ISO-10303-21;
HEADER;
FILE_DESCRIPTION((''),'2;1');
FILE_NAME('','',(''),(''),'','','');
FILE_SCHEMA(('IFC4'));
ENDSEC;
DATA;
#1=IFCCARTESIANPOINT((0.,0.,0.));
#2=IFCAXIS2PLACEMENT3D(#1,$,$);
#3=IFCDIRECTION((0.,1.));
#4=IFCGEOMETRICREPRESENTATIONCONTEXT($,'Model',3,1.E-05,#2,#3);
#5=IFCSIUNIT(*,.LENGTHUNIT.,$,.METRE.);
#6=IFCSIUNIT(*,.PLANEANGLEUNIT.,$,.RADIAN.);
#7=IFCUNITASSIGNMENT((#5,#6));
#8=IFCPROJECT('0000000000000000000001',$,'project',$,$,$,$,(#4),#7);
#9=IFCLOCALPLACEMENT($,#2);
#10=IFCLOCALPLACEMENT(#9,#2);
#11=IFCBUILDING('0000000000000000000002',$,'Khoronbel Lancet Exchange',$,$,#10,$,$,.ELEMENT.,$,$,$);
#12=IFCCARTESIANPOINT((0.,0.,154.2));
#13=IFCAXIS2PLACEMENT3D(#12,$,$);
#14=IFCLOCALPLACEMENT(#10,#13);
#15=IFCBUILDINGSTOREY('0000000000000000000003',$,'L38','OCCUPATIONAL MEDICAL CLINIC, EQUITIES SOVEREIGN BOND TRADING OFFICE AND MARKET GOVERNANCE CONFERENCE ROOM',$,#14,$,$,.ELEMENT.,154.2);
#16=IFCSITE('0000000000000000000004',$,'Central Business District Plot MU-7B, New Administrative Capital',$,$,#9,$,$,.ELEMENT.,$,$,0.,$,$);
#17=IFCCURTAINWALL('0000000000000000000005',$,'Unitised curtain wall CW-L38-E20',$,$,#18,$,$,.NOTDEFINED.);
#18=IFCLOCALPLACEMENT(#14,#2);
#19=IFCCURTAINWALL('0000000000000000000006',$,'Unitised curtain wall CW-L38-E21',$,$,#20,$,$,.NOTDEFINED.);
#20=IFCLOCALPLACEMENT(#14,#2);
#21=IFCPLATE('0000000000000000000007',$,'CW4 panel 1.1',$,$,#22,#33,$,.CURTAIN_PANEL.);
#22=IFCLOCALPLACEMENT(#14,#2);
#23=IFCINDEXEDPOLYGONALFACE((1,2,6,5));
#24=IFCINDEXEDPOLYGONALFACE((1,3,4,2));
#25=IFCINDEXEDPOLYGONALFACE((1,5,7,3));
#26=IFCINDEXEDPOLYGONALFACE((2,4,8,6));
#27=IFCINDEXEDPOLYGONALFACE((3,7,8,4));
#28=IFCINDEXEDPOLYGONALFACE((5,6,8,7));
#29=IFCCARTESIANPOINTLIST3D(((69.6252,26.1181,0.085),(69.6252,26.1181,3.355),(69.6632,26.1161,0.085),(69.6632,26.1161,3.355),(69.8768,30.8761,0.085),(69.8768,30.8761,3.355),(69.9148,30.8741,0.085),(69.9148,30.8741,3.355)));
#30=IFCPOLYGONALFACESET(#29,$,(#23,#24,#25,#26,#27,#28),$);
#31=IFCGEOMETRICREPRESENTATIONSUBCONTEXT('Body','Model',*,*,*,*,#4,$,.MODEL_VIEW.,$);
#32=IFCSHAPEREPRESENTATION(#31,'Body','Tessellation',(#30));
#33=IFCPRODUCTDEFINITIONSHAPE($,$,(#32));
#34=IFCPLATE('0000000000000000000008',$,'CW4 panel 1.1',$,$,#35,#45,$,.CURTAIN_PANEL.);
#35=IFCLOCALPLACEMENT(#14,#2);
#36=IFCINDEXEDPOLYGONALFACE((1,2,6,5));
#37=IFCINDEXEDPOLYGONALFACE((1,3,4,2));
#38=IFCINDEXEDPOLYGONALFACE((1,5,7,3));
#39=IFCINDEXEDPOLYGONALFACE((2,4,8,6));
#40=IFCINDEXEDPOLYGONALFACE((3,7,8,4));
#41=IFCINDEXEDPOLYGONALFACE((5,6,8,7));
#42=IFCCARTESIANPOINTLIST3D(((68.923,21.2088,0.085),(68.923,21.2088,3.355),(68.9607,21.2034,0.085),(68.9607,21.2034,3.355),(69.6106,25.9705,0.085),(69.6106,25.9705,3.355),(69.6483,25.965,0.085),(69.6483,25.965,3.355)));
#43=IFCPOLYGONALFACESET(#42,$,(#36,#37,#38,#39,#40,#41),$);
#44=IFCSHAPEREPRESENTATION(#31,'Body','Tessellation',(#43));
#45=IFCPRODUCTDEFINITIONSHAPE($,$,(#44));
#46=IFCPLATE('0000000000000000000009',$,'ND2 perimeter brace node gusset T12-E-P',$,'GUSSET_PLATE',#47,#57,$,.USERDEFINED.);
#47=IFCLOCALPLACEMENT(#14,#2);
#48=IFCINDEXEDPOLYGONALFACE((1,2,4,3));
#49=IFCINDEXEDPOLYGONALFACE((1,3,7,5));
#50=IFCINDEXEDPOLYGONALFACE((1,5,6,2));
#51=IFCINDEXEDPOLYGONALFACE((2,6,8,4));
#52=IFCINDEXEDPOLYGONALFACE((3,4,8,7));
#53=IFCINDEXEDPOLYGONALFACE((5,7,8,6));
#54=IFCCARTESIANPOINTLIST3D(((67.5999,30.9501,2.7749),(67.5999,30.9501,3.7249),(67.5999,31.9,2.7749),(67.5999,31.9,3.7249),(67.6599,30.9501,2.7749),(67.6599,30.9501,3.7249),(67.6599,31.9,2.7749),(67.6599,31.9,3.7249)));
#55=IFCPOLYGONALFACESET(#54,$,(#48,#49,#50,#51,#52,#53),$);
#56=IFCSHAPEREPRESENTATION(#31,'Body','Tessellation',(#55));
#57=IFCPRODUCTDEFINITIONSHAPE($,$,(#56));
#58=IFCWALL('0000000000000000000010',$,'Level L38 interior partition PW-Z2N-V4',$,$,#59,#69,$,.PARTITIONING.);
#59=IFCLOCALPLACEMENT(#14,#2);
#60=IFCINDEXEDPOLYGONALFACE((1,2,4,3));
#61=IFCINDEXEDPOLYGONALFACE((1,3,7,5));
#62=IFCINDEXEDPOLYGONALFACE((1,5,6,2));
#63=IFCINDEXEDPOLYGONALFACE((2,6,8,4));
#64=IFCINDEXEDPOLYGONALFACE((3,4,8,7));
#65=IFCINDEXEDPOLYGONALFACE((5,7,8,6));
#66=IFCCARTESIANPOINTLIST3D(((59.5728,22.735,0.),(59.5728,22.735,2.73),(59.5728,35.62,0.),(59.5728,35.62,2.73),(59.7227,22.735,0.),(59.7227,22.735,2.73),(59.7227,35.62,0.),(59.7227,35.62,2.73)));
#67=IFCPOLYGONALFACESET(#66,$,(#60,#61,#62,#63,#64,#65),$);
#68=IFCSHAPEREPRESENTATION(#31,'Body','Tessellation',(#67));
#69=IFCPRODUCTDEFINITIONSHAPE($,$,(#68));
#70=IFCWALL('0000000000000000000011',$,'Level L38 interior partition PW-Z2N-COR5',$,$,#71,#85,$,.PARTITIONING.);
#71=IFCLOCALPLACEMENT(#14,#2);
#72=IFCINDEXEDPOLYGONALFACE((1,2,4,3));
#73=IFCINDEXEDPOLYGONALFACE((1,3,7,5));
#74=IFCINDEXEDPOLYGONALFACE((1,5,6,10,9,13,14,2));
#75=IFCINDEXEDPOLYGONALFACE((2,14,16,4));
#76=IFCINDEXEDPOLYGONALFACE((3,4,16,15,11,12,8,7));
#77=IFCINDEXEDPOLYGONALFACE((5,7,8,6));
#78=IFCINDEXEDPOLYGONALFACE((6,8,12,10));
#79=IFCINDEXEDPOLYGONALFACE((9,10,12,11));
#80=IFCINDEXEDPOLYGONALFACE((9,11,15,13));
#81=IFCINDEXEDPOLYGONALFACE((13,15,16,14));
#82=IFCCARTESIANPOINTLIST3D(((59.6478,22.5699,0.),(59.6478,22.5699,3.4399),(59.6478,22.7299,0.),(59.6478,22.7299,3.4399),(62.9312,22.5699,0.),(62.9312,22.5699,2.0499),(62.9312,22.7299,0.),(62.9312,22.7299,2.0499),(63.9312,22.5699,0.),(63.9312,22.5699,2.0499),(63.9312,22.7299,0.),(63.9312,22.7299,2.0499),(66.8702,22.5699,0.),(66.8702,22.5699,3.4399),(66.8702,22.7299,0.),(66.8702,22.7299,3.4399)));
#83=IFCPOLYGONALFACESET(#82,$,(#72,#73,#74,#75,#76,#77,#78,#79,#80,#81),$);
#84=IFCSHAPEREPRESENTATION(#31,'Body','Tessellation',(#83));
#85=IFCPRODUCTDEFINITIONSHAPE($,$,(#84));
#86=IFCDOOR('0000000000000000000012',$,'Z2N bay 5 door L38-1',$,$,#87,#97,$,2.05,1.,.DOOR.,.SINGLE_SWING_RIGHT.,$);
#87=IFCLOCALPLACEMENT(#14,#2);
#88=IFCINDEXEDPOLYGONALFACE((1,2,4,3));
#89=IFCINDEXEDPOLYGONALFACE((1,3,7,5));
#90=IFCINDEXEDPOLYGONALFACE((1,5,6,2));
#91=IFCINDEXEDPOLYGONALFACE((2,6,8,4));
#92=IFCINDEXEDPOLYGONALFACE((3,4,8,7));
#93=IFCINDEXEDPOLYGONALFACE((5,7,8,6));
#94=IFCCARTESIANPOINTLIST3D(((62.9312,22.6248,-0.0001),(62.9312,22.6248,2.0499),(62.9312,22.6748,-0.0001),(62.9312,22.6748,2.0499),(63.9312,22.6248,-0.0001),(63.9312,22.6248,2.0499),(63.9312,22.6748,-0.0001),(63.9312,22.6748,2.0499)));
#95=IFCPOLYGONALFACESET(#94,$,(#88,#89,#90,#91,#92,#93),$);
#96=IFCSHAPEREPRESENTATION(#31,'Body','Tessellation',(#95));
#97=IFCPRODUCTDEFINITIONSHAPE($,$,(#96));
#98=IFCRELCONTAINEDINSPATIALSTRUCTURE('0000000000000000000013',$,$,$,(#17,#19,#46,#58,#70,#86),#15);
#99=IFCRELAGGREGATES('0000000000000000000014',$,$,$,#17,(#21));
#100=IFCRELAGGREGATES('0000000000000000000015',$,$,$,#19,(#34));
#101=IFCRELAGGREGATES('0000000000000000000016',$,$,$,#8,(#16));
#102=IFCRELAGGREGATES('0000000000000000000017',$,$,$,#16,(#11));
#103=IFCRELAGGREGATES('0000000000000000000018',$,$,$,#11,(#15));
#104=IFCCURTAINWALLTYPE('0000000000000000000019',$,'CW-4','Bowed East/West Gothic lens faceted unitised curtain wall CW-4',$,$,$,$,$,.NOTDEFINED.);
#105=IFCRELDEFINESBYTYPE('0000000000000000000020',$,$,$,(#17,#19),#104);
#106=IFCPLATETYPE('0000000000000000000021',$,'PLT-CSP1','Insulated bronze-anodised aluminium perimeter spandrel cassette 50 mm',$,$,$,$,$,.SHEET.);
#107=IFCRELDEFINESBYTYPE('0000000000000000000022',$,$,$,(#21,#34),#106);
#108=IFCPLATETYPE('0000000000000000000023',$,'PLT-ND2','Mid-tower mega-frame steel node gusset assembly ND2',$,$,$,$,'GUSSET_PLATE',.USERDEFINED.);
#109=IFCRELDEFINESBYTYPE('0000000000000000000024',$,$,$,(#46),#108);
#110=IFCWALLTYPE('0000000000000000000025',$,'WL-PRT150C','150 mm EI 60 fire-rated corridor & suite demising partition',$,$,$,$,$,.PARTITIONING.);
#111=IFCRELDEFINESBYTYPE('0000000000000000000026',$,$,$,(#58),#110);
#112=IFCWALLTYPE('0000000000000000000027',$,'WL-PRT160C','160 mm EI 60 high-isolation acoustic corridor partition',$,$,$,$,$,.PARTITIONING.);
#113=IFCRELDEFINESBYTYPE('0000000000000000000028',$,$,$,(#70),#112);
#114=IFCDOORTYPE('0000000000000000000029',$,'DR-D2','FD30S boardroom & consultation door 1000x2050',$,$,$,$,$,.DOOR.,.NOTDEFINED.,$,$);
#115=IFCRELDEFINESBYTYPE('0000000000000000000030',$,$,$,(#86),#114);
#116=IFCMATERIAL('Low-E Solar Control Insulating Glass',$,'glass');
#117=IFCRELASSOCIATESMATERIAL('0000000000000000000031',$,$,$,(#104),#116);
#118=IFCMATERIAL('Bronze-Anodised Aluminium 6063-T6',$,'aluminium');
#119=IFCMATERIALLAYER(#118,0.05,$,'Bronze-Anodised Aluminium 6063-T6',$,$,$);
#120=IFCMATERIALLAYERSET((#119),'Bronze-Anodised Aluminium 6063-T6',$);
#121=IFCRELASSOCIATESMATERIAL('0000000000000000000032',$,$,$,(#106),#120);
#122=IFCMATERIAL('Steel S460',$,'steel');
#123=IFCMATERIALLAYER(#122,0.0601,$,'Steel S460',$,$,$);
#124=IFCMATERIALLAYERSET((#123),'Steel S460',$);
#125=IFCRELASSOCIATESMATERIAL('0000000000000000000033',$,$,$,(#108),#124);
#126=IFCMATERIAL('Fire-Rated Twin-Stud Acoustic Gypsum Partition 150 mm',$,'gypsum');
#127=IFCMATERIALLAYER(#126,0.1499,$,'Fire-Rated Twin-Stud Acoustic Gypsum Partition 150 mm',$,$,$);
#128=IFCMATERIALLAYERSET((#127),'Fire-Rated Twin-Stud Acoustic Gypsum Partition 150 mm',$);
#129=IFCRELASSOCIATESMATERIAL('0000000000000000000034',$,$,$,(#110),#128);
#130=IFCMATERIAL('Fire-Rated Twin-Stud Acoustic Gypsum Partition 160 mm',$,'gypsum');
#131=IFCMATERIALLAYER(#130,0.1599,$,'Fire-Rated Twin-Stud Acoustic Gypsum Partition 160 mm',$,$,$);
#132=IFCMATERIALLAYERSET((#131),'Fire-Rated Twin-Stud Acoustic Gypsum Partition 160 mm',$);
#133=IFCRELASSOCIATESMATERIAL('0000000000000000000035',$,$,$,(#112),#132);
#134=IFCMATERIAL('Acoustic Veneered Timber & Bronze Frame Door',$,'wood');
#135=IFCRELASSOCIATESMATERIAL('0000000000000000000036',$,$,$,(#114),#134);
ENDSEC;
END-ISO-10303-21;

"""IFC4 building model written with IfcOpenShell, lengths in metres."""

from ifc_helpers import new_model, si_unit, direction, frame, frame_2d, origin, origin_2d, place, context, subcontext, project, spatial, rectangle, extrude, material, layer, layer_set, type_object, element, fill, aggregate, save


model = new_model("IFC4")

# Units and contexts
model_context = context("Model", 3, precision=1e-05, world=origin(), true_north=direction((0.0, 1.0)))
body_context = subcontext(model_context, "Body", "Model", "MODEL_VIEW")
ifc_project = project(units=[si_unit("LENGTHUNIT", "METRE"), si_unit("PLANEANGLEUNIT", "RADIAN")], contexts=[model_context])

# Site, building, storey
site_placement = place(None, origin())
site = spatial("IfcSite", under=ifc_project, at=site_placement, Name="Central Business District Plot MU-7B, New Administrative Capital", CompositionType="ELEMENT", RefElevation=0.0)
building_placement = place(site_placement, origin())
building = spatial("IfcBuilding", under=site, at=building_placement, Name="Khoronbel Lancet Exchange", CompositionType="ELEMENT")
storey_placement = place(building_placement, frame((0.0, 0.0, 154.2)))
storey = spatial("IfcBuildingStorey", under=building, at=storey_placement, Name="L38", Description="OCCUPATIONAL MEDICAL CLINIC, EQUITIES SOVEREIGN BOND TRADING OFFICE AND MARKET GOVERNANCE CONFERENCE ROOM", CompositionType="ELEMENT", Elevation=154.2)

# Shared definitions
ifc_material_1 = material(Name="Low-E Solar Control Insulating Glass", Category="glass")
curtain_wall_type = type_object("IfcCurtainWallType", Name="CW-4", Description="Bowed East/West Gothic lens faceted unitised curtain wall CW-4", PredefinedType="NOTDEFINED", material=ifc_material_1)
ifc_material_2 = material(Name="Bronze-Anodised Aluminium 6063-T6", Category="aluminium")

# Curtain walls
curtain_wall_1_placement = place(storey_placement, origin())
curtain_wall_1 = element("IfcCurtainWall", 1, at=curtain_wall_1_placement, inside=storey, type_object=curtain_wall_type, Name="Unitised curtain wall CW-L38-E20", PredefinedType="NOTDEFINED")
curtain_wall_2_placement = place(storey_placement, origin())
curtain_wall_2 = element("IfcCurtainWall", 2, at=curtain_wall_2_placement, inside=storey, type_object=curtain_wall_type, Name="Unitised curtain wall CW-L38-E21", PredefinedType="NOTDEFINED")

# Plates
ifc_layer_1 = layer(ifc_material_2, 0.05, Name="Bronze-Anodised Aluminium 6063-T6")
ifc_layer_set_1 = layer_set([ifc_layer_1], Name="Bronze-Anodised Aluminium 6063-T6")
plate_type_1 = type_object("IfcPlateType", Name="PLT-CSP1", Description="Insulated bronze-anodised aluminium perimeter spandrel cassette 50 mm", PredefinedType="SHEET", material=ifc_layer_set_1)
plate_1_placement = place(storey_placement, frame((69.77, 28.4961, 0.085), z_axis=(0.0, 0.0, 1.0), x_axis=(-0.0528, -0.998605, 0.0)))
plate_1 = element("IfcPlate", 3, at=plate_1_placement, type_object=plate_type_1, Name="CW4 panel 1.1", PredefinedType="CURTAIN_PANEL", context=body_context, shape_type="SweptSolid", body=[
    extrude(rectangle(XDim=4.7646, YDim=0.0381, at=origin_2d()), origin(), (0.0, 0.0, 1.0), 3.27),
])
aggregate(curtain_wall_1, [plate_1])
plate_2_placement = place(storey_placement, frame((69.2856, 23.5869, 0.085), z_axis=(0.0, 0.0, 1.0), x_axis=(-0.142931, -0.989733, 0.0)))
plate_2 = element("IfcPlate", 4, at=plate_2_placement, type_object=plate_type_1, Name="CW4 panel 1.1", PredefinedType="CURTAIN_PANEL", context=body_context, shape_type="SweptSolid", body=[
    extrude(rectangle(XDim=4.811, YDim=0.0381, at=origin_2d()), origin(), (0.0, 0.0, 1.0), 3.27),
])
aggregate(curtain_wall_2, [plate_2])
ifc_material_3 = material(Name="Steel S460", Category="steel")
ifc_layer_2 = layer(ifc_material_3, 0.0601, Name="Steel S460")
ifc_layer_set_2 = layer_set([ifc_layer_2], Name="Steel S460")
plate_type_2 = type_object("IfcPlateType", Name="PLT-ND2", Description="Mid-tower mega-frame steel node gusset assembly ND2", ElementType="GUSSET_PLATE", PredefinedType="USERDEFINED", material=ifc_layer_set_2)
plate_3_placement = place(storey_placement, frame((67.6299, 31.425, 2.7749), z_axis=(0.0, 0.0, 1.0), x_axis=(0.0, 1.0, 0.0)))
element("IfcPlate", 5, at=plate_3_placement, inside=storey, type_object=plate_type_2, Name="ND2 perimeter brace node gusset T12-E-P", ObjectType="GUSSET_PLATE", PredefinedType="USERDEFINED", context=body_context, shape_type="SweptSolid", body=[
    extrude(rectangle(XDim=0.95, YDim=0.0601, at=origin_2d()), origin(), (0.0, 0.0, 1.0), 0.95),
])

# Wall
ifc_material_4 = material(Name="Fire-Rated Twin-Stud Acoustic Gypsum Partition 150 mm", Category="gypsum")
ifc_layer_3 = layer(ifc_material_4, 0.1499, Name="Fire-Rated Twin-Stud Acoustic Gypsum Partition 150 mm")
ifc_layer_set_3 = layer_set([ifc_layer_3], Name="Fire-Rated Twin-Stud Acoustic Gypsum Partition 150 mm")
wall_type_1 = type_object("IfcWallType", Name="WL-PRT150C", Description="150 mm EI 60 fire-rated corridor & suite demising partition", PredefinedType="PARTITIONING", material=ifc_layer_set_3)
wall_1_placement = place(storey_placement, frame((59.6477, 22.7351, 0.0), z_axis=(0.0, 0.0, 1.0), x_axis=(0.0, 1.0, 0.0)))
element("IfcWall", 6, at=wall_1_placement, inside=storey, type_object=wall_type_1, Name="Level L38 interior partition PW-Z2N-V4", PredefinedType="PARTITIONING", context=body_context, shape_type="SweptSolid", body=[
    extrude(rectangle(XDim=12.885, YDim=0.1499, at=frame_2d((6.4424, 0.0))), origin(), (0.0, 0.0, 1.0), 2.73),
])

# Wall, opening, door
ifc_material_5 = material(Name="Fire-Rated Twin-Stud Acoustic Gypsum Partition 160 mm", Category="gypsum")
ifc_layer_4 = layer(ifc_material_5, 0.1599, Name="Fire-Rated Twin-Stud Acoustic Gypsum Partition 160 mm")
ifc_layer_set_4 = layer_set([ifc_layer_4], Name="Fire-Rated Twin-Stud Acoustic Gypsum Partition 160 mm")
wall_type_2 = type_object("IfcWallType", Name="WL-PRT160C", Description="160 mm EI 60 high-isolation acoustic corridor partition", PredefinedType="PARTITIONING", material=ifc_layer_set_4)
wall_2_placement = place(storey_placement, frame((59.6477, 22.6499, 0.0), z_axis=(0.0, 0.0, 1.0), x_axis=(1.0, 0.0, 0.0)))
wall_2 = element("IfcWall", 7, at=wall_2_placement, inside=storey, type_object=wall_type_2, Name="Level L38 interior partition PW-Z2N-COR5", PredefinedType="PARTITIONING", context=body_context, shape_type="SweptSolid", body=[
    extrude(rectangle(XDim=7.2224, YDim=0.1599, at=frame_2d((3.6113, 0.0))), origin(), (0.0, 0.0, 1.0), 3.4399),
])
opening_placement = place(wall_2_placement, frame((3.2834, 0.0, 0.0)))
opening = element("IfcOpeningElement", 8, at=opening_placement, cuts=wall_2, PredefinedType="OPENING", context=body_context, shape_type="SweptSolid", body=[
    extrude(rectangle(XDim=1.0, YDim=2.05, at=frame_2d((0.5, 1.0249))), frame((0.0, 0.0898, 0.0), z_axis=(0.0, -1.0, 0.0), x_axis=(1.0, 0.0, 0.0)), (0.0, 0.0, 1.0), 0.1799),
])
ifc_material_6 = material(Name="Acoustic Veneered Timber & Bronze Frame Door", Category="wood")
door_type = type_object("IfcDoorType", Name="DR-D2", Description="FD30S boardroom & consultation door 1000x2050", OperationType="NOTDEFINED", PredefinedType="DOOR", material=ifc_material_6)
door_placement = place(opening_placement, origin())
door = element("IfcDoor", 9, at=door_placement, inside=storey, type_object=door_type, Name="Z2N bay 5 door L38-1", OperationType="SINGLE_SWING_RIGHT", OverallHeight=2.05, OverallWidth=1.0, PredefinedType="DOOR", context=body_context, shape_type="SweptSolid", body=[
    extrude(rectangle(XDim=1.0, YDim=2.05, at=frame_2d((0.5, 1.0249))), frame((0.0, 0.0249, 0.0), z_axis=(0.0, -1.0, 0.0), x_axis=(1.0, 0.0, 0.0)), (0.0, 0.0, 1.0), 0.05),
])
fill(opening, door)

save(model, "model.ifc")
